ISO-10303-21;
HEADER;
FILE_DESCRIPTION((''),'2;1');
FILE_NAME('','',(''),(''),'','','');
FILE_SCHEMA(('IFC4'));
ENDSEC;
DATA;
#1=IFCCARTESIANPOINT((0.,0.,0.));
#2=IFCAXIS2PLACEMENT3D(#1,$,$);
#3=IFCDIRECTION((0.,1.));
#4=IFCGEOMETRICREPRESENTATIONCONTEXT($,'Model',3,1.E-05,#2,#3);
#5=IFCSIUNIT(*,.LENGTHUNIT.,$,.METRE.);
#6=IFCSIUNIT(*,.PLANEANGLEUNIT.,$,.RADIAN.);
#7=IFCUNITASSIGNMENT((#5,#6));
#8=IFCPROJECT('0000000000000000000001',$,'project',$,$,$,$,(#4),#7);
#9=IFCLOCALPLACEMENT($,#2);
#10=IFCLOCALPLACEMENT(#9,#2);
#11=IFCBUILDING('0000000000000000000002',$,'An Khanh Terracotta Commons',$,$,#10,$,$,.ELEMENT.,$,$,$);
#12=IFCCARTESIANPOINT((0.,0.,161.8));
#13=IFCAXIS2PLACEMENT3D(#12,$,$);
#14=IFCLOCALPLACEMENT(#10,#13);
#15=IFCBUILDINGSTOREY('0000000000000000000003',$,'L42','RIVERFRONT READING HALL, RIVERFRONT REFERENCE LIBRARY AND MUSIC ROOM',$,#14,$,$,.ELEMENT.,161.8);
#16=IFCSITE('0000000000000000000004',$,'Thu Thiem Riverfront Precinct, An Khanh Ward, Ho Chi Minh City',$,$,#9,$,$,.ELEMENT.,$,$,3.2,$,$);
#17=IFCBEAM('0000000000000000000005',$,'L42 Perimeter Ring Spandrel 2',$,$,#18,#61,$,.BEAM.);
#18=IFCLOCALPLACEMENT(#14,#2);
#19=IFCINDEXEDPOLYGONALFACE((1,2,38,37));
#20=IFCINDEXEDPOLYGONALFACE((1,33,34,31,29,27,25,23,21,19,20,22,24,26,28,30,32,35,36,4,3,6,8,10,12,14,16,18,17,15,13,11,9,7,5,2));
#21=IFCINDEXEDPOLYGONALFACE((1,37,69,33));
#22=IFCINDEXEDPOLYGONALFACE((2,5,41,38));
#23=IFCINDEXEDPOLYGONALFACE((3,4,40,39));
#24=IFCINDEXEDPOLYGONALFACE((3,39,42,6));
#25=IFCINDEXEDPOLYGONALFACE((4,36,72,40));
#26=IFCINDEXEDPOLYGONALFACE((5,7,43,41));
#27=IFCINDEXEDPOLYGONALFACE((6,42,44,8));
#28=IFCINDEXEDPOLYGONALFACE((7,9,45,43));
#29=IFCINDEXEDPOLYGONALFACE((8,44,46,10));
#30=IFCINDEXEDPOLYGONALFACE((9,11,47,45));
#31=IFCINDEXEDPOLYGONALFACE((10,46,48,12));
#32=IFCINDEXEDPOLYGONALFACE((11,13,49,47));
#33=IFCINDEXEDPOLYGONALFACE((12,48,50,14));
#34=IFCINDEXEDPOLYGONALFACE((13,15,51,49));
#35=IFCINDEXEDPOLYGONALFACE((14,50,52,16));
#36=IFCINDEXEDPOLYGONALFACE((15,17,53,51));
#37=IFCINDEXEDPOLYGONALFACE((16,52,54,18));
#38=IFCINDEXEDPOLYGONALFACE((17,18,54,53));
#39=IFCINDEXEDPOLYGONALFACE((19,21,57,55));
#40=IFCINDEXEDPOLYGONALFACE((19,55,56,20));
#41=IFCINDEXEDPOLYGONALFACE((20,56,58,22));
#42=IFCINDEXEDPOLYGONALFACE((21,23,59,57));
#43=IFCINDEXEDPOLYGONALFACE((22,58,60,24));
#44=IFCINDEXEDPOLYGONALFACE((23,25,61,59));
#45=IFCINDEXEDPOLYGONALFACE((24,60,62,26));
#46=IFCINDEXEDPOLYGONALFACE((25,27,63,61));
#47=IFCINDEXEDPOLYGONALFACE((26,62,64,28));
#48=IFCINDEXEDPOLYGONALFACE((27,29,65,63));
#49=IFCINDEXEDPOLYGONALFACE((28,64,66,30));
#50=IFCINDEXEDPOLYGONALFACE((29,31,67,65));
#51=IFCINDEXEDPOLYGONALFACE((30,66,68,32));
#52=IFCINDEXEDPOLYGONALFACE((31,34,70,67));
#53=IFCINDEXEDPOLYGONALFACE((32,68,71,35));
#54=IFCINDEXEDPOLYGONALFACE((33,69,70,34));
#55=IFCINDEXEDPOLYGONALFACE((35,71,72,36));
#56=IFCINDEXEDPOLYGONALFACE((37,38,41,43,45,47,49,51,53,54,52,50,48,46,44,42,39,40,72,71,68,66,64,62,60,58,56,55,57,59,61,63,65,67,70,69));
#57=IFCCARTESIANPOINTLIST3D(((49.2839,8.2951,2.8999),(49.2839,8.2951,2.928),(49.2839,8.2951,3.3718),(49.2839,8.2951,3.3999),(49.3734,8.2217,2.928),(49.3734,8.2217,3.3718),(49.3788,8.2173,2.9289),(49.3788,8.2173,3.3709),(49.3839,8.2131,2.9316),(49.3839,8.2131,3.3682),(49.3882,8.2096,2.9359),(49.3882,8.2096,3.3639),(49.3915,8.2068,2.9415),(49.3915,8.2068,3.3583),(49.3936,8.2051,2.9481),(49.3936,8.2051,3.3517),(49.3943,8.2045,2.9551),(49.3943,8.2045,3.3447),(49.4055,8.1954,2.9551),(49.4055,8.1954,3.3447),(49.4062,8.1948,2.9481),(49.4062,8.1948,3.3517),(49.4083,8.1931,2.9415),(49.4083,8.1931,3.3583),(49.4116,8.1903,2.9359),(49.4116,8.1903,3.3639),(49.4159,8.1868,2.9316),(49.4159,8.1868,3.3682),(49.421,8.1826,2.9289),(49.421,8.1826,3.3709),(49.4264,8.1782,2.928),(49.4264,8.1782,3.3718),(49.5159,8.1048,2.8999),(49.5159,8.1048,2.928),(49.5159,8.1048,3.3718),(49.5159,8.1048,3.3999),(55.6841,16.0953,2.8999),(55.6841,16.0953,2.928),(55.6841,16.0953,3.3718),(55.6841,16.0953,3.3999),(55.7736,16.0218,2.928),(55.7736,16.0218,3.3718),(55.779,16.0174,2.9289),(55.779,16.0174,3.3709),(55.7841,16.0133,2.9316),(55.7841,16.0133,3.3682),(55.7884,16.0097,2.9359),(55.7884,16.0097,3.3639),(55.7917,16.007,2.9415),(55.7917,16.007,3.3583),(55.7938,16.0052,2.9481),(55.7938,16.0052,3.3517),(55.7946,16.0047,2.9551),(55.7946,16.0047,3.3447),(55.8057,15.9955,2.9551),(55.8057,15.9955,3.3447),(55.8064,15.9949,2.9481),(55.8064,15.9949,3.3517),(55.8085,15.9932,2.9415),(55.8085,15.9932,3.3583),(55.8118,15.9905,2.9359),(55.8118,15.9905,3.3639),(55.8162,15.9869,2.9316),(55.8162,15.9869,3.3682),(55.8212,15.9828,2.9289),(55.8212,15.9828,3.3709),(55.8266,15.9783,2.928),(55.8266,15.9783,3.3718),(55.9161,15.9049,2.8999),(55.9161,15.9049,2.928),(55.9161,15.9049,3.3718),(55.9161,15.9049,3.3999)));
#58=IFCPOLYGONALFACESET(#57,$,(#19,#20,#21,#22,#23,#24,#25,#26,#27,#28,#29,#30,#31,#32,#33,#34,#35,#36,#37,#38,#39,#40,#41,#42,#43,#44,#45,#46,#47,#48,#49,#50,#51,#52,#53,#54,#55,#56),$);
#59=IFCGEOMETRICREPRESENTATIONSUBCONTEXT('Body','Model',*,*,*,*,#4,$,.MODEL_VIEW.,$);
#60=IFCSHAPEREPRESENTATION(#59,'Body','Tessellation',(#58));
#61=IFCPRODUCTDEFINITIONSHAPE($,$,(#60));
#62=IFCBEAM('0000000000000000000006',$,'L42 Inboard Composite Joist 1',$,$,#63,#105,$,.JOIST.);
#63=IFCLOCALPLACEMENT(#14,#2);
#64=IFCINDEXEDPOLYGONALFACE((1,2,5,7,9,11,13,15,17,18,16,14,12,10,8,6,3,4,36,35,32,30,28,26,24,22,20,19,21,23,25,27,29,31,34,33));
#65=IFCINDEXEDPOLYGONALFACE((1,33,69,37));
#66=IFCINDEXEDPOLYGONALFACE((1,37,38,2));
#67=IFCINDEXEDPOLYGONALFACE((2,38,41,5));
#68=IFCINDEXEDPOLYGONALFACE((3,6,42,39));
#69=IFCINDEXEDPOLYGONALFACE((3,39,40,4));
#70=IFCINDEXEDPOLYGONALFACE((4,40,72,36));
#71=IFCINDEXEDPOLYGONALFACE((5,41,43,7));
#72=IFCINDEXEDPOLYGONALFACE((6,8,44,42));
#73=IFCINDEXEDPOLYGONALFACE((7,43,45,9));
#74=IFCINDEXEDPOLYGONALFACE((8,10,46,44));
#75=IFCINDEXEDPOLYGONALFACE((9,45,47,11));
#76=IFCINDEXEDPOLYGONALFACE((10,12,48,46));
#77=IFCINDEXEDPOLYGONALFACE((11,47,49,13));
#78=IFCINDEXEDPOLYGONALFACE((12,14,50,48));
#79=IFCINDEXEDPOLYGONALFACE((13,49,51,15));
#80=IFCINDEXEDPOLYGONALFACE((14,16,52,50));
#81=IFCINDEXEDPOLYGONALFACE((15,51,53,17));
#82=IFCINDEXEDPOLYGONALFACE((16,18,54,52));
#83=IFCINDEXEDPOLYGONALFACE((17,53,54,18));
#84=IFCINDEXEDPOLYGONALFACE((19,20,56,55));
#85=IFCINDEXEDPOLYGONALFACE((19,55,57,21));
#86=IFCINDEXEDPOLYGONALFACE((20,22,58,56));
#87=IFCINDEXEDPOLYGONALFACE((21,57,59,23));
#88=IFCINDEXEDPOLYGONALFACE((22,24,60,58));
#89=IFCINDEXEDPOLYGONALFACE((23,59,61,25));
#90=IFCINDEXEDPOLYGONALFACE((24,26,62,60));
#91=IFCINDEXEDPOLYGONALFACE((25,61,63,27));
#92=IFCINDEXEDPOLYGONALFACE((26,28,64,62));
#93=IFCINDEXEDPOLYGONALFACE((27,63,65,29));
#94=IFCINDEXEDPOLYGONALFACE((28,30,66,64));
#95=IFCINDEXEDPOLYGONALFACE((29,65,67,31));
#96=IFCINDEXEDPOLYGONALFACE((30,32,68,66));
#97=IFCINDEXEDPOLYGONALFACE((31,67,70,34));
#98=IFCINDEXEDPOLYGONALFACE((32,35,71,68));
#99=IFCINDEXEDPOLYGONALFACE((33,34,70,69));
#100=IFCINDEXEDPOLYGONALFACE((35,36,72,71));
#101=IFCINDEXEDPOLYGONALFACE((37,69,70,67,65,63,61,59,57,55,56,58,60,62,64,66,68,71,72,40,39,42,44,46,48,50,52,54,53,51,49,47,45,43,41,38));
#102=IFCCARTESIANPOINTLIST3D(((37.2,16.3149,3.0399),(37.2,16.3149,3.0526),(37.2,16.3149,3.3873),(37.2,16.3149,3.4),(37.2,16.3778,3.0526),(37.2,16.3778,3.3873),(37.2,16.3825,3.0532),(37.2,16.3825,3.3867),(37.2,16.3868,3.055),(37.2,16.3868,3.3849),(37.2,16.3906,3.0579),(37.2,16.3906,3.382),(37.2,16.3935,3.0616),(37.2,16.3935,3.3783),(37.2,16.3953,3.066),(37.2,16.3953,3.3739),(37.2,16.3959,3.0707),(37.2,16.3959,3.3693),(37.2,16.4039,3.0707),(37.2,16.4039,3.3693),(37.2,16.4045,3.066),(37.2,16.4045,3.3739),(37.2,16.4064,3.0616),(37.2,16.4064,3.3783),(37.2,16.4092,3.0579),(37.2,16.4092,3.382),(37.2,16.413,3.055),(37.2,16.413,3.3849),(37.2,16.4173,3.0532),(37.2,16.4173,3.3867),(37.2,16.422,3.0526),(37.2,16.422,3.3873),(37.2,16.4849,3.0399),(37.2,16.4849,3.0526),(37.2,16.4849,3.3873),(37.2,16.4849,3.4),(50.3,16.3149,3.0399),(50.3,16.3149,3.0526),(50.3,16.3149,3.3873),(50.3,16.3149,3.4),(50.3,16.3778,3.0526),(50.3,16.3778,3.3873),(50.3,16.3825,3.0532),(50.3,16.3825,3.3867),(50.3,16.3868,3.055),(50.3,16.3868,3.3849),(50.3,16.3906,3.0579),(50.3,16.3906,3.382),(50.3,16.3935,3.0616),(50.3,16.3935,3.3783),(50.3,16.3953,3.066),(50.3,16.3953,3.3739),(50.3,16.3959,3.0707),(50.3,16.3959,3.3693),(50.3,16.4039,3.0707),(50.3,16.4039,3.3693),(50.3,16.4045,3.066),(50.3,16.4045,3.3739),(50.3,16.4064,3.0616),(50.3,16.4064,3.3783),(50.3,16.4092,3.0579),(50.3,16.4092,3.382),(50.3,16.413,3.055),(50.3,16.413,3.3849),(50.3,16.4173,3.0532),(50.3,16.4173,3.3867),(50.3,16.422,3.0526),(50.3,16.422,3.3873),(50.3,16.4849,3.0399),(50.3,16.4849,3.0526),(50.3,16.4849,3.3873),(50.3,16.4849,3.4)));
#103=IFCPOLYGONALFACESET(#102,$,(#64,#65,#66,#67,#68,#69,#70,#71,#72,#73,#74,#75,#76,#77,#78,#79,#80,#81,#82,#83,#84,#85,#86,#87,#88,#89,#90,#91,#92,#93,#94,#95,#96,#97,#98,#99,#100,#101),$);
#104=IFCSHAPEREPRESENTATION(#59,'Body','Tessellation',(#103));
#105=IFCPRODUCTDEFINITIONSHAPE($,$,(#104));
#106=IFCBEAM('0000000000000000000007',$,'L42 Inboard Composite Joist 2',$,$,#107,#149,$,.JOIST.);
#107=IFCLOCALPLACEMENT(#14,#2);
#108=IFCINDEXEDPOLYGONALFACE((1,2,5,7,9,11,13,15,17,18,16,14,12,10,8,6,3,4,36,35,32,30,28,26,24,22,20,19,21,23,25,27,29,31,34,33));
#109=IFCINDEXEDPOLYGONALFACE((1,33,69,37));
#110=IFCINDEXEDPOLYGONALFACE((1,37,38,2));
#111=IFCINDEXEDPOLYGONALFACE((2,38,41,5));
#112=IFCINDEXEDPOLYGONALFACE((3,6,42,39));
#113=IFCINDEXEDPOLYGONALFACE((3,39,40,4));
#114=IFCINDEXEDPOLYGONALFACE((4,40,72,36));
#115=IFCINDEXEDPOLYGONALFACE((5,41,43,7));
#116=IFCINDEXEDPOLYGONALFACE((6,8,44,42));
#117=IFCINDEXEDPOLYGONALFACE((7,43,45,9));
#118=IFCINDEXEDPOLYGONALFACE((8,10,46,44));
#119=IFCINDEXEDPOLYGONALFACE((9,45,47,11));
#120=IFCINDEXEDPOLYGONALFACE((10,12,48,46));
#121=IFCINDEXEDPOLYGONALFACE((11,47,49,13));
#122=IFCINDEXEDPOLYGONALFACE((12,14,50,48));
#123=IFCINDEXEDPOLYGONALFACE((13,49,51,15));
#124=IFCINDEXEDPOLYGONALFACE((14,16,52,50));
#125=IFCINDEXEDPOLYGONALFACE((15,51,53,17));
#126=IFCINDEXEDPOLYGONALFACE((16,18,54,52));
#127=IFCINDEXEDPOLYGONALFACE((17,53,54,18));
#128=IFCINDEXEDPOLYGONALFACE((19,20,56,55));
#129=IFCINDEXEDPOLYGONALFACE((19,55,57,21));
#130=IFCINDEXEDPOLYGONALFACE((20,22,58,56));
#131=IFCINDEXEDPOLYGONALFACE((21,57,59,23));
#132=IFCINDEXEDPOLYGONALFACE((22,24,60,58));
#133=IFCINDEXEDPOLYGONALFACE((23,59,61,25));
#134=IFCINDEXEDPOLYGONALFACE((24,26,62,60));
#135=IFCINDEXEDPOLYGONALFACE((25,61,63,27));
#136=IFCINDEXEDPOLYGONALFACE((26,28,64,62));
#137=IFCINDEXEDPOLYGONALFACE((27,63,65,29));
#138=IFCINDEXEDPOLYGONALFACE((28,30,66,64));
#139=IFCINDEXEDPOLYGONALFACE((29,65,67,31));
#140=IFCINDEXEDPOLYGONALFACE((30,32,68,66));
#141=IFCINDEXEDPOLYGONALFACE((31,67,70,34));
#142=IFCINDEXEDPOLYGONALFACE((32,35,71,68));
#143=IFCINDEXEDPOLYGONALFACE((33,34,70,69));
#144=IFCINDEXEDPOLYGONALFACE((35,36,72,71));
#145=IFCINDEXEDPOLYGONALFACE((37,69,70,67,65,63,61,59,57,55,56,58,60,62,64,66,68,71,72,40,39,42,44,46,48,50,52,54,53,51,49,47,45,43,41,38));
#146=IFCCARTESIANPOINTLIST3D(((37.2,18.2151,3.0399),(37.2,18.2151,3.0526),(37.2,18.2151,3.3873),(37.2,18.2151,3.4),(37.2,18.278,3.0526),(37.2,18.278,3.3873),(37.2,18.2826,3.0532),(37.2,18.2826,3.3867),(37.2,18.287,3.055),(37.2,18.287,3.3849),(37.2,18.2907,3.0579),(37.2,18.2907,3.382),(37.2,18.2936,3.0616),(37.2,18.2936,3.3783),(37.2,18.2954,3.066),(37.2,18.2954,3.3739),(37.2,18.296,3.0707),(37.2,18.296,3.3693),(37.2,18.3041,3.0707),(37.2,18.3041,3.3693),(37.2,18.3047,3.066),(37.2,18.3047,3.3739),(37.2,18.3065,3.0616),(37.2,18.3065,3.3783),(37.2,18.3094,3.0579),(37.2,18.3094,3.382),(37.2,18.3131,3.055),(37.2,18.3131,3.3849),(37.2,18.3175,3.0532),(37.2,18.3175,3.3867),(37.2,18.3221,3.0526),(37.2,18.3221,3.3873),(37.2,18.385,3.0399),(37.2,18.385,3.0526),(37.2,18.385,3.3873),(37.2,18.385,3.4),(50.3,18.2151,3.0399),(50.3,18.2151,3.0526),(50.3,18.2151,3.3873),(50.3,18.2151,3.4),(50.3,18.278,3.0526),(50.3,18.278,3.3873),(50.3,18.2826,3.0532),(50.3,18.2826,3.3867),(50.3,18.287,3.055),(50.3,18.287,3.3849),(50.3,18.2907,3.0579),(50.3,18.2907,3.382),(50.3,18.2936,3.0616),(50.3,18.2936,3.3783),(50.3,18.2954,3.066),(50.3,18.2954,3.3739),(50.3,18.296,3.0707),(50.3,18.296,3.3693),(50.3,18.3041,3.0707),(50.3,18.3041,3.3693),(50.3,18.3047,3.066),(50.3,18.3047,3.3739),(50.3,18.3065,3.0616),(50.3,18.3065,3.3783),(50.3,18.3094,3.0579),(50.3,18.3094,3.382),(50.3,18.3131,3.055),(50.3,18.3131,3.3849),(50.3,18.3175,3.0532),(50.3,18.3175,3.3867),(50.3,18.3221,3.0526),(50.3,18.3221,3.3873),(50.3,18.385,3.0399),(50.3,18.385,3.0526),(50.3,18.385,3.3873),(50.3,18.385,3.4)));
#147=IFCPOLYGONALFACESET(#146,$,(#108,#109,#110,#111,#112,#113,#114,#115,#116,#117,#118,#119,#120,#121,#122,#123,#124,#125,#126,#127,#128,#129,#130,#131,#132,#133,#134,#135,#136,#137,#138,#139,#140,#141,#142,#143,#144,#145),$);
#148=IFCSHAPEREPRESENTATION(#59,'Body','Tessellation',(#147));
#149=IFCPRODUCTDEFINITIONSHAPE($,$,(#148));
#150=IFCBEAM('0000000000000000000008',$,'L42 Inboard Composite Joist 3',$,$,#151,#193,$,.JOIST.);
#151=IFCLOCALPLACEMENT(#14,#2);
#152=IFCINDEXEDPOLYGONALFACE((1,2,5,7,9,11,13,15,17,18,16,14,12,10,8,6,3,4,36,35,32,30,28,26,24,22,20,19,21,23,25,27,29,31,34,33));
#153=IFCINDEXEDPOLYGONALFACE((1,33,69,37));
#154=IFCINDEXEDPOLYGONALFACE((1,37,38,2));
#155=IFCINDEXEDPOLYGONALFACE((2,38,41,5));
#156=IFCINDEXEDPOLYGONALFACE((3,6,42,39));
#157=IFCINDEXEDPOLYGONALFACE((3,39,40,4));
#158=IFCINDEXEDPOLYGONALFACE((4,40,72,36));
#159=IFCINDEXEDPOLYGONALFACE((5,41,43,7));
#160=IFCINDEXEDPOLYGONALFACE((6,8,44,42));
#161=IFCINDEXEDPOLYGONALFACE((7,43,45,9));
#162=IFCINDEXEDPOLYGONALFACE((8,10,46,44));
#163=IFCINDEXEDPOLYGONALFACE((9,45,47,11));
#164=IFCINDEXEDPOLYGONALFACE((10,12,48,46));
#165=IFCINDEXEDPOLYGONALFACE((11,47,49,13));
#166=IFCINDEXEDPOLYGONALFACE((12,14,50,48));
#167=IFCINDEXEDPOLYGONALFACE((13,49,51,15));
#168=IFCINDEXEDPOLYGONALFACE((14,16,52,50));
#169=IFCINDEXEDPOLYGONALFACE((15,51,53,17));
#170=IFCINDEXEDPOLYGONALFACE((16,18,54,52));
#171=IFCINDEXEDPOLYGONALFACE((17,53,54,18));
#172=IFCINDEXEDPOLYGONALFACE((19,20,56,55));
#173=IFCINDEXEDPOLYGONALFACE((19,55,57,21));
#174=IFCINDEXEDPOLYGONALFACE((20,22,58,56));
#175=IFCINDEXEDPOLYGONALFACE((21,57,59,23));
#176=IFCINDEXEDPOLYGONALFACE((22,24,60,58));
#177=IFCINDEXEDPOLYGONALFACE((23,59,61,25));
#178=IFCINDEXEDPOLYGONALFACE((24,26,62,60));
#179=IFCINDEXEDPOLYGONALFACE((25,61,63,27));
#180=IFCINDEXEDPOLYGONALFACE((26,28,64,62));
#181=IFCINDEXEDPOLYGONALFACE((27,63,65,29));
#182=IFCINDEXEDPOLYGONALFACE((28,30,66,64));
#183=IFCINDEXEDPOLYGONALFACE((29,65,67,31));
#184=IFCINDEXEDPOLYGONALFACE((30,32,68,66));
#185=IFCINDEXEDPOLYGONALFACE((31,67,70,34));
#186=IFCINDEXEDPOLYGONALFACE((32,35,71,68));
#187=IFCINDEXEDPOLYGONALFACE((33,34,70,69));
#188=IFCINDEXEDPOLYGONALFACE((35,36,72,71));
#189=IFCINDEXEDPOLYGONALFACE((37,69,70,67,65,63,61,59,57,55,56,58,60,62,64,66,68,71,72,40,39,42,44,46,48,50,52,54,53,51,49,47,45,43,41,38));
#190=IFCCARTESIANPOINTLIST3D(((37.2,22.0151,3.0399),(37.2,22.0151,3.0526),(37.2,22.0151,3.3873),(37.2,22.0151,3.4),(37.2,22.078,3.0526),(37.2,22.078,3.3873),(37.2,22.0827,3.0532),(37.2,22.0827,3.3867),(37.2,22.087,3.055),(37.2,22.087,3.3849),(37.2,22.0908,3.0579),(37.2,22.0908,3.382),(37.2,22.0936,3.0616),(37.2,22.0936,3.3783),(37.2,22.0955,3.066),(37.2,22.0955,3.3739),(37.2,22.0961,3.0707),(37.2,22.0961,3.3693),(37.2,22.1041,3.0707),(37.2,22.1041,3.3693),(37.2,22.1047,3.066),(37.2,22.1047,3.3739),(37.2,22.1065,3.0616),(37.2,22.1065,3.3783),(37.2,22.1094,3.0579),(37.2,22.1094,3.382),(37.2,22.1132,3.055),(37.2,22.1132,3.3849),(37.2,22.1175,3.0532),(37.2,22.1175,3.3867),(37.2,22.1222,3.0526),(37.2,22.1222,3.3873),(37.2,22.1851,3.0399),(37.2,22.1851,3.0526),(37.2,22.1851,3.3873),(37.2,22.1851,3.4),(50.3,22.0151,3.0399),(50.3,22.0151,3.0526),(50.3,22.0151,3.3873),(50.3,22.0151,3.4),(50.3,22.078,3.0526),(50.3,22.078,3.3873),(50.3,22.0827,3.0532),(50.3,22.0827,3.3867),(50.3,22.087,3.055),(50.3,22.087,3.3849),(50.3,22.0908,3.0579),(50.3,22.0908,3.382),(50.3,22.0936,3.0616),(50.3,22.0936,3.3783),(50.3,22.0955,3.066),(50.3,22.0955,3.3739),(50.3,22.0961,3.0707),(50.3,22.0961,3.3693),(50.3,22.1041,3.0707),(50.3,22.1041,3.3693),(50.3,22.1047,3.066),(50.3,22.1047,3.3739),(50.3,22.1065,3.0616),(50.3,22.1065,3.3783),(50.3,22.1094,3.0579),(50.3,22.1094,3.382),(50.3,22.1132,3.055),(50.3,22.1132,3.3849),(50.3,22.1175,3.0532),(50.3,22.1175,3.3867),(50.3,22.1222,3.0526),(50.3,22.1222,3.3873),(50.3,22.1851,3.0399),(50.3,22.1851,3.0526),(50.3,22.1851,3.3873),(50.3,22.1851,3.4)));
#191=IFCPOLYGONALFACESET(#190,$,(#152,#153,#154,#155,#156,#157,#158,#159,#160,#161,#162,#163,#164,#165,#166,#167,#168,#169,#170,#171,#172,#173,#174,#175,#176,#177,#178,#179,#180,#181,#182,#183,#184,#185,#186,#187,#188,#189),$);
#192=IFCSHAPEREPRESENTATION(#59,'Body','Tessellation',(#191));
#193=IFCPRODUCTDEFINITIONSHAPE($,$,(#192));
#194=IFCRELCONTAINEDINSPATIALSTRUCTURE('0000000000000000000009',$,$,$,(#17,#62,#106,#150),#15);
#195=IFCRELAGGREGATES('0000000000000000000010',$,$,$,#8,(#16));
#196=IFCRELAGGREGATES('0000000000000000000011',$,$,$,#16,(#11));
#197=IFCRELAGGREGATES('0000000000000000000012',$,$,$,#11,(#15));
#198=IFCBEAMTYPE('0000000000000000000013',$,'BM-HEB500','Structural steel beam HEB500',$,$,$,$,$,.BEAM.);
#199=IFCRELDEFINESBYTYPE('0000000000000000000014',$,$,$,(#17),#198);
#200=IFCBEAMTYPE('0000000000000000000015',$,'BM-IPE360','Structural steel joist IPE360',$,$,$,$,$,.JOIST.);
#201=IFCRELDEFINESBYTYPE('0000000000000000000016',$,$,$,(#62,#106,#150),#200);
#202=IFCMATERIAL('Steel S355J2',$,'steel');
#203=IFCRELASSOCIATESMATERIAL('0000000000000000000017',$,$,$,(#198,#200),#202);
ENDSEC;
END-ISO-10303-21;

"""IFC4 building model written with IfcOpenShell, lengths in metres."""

from ifc_helpers import new_model, si_unit, direction, frame, origin, origin_2d, place, context, subcontext, project, spatial, i_section, extrude, material, material_profile, profile_set, type_object, element, save


model = new_model("IFC4")

# Units and contexts
model_context = context("Model", 3, precision=1e-05, world=origin(), true_north=direction((0.0, 1.0)))
body_context = subcontext(model_context, "Body", "Model", "MODEL_VIEW")
ifc_project = project(units=[si_unit("LENGTHUNIT", "METRE"), si_unit("PLANEANGLEUNIT", "RADIAN")], contexts=[model_context])

# Site, building, storey
site_placement = place(None, origin())
site = spatial("IfcSite", under=ifc_project, at=site_placement, Name="Thu Thiem Riverfront Precinct, An Khanh Ward, Ho Chi Minh City", CompositionType="ELEMENT", RefElevation=3.2)
building_placement = place(site_placement, origin())
building = spatial("IfcBuilding", under=site, at=building_placement, Name="An Khanh Terracotta Commons", CompositionType="ELEMENT")
storey_placement = place(building_placement, frame((0.0, 0.0, 161.8)))
storey = spatial("IfcBuildingStorey", under=building, at=storey_placement, Name="L42", Description="RIVERFRONT READING HALL, RIVERFRONT REFERENCE LIBRARY AND MUSIC ROOM", CompositionType="ELEMENT", Elevation=161.8)

# Beams
ifc_material_1 = material(Name="Steel S355J2", Category="steel")
ifc_material_profile_1 = material_profile(ifc_material_1, i_section(OverallWidth=0.3, OverallDepth=0.5, WebThickness=0.0144, FlangeThickness=0.0281, FilletRadius=0.0271, at=origin_2d()), Name="HEB500")
ifc_profile_set_1 = profile_set([ifc_material_profile_1], Name="Steel S355J2")
beam_type_1 = type_object("IfcBeamType", Name="BM-HEB500", Description="Structural steel beam HEB500", PredefinedType="BEAM", material=ifc_profile_set_1)
beam_1_placement = place(storey_placement, frame((49.3999, 8.2, 3.1499), z_axis=(0.634323, 0.773068, 0.0), x_axis=(-0.773068, 0.634323, 0.0)))
element("IfcBeam", 1, at=beam_1_placement, inside=storey, type_object=beam_type_1, Name="L42 Perimeter Ring Spandrel 2", PredefinedType="BEAM", context=body_context, shape_type="SweptSolid", body=[
    extrude(i_section(OverallWidth=0.3, OverallDepth=0.5, WebThickness=0.0144, FlangeThickness=0.0281, FilletRadius=0.0271, at=origin_2d()), origin(), (0.0, 0.0, 1.0), 10.0898),
])
ifc_material_profile_2 = material_profile(ifc_material_1, i_section(OverallWidth=0.1699, OverallDepth=0.3601, WebThickness=0.0081, FlangeThickness=0.0127, FilletRadius=0.0181, at=origin_2d()), Name="IPE360")
ifc_profile_set_2 = profile_set([ifc_material_profile_2], Name="Steel S355J2")
beam_type_2 = type_object("IfcBeamType", Name="BM-IPE360", Description="Structural steel joist IPE360", PredefinedType="JOIST", material=ifc_profile_set_2)
for number, where, z_axis, x_axis, name in (
    (2, (37.2, 16.3999, 3.22), (1.0, 0.0, 0.0), (0.0, 1.0, 0.0), "L42 Inboard Composite Joist 1"),
    (3, (37.2, 18.3, 3.22), (1.0, 0.0, 0.0), (0.0, 1.0, 0.0), "L42 Inboard Composite Joist 2"),
    (4, (37.2, 22.1001, 3.22), (1.0, 0.0, 0.0), (0.0, 1.0, 0.0), "L42 Inboard Composite Joist 3"),
):
    element("IfcBeam", number, at=place(storey_placement, frame(where, z_axis=z_axis, x_axis=x_axis)), inside=storey, type_object=beam_type_2, Name=name, PredefinedType="JOIST", context=body_context, shape_type="SweptSolid", body=[
        extrude(i_section(OverallWidth=0.1699, OverallDepth=0.3601, WebThickness=0.0081, FlangeThickness=0.0127, FilletRadius=0.0181, at=origin_2d()), origin(), (0.0, 0.0, 1.0), 13.1001),
    ])

save(model, "model.ifc")
